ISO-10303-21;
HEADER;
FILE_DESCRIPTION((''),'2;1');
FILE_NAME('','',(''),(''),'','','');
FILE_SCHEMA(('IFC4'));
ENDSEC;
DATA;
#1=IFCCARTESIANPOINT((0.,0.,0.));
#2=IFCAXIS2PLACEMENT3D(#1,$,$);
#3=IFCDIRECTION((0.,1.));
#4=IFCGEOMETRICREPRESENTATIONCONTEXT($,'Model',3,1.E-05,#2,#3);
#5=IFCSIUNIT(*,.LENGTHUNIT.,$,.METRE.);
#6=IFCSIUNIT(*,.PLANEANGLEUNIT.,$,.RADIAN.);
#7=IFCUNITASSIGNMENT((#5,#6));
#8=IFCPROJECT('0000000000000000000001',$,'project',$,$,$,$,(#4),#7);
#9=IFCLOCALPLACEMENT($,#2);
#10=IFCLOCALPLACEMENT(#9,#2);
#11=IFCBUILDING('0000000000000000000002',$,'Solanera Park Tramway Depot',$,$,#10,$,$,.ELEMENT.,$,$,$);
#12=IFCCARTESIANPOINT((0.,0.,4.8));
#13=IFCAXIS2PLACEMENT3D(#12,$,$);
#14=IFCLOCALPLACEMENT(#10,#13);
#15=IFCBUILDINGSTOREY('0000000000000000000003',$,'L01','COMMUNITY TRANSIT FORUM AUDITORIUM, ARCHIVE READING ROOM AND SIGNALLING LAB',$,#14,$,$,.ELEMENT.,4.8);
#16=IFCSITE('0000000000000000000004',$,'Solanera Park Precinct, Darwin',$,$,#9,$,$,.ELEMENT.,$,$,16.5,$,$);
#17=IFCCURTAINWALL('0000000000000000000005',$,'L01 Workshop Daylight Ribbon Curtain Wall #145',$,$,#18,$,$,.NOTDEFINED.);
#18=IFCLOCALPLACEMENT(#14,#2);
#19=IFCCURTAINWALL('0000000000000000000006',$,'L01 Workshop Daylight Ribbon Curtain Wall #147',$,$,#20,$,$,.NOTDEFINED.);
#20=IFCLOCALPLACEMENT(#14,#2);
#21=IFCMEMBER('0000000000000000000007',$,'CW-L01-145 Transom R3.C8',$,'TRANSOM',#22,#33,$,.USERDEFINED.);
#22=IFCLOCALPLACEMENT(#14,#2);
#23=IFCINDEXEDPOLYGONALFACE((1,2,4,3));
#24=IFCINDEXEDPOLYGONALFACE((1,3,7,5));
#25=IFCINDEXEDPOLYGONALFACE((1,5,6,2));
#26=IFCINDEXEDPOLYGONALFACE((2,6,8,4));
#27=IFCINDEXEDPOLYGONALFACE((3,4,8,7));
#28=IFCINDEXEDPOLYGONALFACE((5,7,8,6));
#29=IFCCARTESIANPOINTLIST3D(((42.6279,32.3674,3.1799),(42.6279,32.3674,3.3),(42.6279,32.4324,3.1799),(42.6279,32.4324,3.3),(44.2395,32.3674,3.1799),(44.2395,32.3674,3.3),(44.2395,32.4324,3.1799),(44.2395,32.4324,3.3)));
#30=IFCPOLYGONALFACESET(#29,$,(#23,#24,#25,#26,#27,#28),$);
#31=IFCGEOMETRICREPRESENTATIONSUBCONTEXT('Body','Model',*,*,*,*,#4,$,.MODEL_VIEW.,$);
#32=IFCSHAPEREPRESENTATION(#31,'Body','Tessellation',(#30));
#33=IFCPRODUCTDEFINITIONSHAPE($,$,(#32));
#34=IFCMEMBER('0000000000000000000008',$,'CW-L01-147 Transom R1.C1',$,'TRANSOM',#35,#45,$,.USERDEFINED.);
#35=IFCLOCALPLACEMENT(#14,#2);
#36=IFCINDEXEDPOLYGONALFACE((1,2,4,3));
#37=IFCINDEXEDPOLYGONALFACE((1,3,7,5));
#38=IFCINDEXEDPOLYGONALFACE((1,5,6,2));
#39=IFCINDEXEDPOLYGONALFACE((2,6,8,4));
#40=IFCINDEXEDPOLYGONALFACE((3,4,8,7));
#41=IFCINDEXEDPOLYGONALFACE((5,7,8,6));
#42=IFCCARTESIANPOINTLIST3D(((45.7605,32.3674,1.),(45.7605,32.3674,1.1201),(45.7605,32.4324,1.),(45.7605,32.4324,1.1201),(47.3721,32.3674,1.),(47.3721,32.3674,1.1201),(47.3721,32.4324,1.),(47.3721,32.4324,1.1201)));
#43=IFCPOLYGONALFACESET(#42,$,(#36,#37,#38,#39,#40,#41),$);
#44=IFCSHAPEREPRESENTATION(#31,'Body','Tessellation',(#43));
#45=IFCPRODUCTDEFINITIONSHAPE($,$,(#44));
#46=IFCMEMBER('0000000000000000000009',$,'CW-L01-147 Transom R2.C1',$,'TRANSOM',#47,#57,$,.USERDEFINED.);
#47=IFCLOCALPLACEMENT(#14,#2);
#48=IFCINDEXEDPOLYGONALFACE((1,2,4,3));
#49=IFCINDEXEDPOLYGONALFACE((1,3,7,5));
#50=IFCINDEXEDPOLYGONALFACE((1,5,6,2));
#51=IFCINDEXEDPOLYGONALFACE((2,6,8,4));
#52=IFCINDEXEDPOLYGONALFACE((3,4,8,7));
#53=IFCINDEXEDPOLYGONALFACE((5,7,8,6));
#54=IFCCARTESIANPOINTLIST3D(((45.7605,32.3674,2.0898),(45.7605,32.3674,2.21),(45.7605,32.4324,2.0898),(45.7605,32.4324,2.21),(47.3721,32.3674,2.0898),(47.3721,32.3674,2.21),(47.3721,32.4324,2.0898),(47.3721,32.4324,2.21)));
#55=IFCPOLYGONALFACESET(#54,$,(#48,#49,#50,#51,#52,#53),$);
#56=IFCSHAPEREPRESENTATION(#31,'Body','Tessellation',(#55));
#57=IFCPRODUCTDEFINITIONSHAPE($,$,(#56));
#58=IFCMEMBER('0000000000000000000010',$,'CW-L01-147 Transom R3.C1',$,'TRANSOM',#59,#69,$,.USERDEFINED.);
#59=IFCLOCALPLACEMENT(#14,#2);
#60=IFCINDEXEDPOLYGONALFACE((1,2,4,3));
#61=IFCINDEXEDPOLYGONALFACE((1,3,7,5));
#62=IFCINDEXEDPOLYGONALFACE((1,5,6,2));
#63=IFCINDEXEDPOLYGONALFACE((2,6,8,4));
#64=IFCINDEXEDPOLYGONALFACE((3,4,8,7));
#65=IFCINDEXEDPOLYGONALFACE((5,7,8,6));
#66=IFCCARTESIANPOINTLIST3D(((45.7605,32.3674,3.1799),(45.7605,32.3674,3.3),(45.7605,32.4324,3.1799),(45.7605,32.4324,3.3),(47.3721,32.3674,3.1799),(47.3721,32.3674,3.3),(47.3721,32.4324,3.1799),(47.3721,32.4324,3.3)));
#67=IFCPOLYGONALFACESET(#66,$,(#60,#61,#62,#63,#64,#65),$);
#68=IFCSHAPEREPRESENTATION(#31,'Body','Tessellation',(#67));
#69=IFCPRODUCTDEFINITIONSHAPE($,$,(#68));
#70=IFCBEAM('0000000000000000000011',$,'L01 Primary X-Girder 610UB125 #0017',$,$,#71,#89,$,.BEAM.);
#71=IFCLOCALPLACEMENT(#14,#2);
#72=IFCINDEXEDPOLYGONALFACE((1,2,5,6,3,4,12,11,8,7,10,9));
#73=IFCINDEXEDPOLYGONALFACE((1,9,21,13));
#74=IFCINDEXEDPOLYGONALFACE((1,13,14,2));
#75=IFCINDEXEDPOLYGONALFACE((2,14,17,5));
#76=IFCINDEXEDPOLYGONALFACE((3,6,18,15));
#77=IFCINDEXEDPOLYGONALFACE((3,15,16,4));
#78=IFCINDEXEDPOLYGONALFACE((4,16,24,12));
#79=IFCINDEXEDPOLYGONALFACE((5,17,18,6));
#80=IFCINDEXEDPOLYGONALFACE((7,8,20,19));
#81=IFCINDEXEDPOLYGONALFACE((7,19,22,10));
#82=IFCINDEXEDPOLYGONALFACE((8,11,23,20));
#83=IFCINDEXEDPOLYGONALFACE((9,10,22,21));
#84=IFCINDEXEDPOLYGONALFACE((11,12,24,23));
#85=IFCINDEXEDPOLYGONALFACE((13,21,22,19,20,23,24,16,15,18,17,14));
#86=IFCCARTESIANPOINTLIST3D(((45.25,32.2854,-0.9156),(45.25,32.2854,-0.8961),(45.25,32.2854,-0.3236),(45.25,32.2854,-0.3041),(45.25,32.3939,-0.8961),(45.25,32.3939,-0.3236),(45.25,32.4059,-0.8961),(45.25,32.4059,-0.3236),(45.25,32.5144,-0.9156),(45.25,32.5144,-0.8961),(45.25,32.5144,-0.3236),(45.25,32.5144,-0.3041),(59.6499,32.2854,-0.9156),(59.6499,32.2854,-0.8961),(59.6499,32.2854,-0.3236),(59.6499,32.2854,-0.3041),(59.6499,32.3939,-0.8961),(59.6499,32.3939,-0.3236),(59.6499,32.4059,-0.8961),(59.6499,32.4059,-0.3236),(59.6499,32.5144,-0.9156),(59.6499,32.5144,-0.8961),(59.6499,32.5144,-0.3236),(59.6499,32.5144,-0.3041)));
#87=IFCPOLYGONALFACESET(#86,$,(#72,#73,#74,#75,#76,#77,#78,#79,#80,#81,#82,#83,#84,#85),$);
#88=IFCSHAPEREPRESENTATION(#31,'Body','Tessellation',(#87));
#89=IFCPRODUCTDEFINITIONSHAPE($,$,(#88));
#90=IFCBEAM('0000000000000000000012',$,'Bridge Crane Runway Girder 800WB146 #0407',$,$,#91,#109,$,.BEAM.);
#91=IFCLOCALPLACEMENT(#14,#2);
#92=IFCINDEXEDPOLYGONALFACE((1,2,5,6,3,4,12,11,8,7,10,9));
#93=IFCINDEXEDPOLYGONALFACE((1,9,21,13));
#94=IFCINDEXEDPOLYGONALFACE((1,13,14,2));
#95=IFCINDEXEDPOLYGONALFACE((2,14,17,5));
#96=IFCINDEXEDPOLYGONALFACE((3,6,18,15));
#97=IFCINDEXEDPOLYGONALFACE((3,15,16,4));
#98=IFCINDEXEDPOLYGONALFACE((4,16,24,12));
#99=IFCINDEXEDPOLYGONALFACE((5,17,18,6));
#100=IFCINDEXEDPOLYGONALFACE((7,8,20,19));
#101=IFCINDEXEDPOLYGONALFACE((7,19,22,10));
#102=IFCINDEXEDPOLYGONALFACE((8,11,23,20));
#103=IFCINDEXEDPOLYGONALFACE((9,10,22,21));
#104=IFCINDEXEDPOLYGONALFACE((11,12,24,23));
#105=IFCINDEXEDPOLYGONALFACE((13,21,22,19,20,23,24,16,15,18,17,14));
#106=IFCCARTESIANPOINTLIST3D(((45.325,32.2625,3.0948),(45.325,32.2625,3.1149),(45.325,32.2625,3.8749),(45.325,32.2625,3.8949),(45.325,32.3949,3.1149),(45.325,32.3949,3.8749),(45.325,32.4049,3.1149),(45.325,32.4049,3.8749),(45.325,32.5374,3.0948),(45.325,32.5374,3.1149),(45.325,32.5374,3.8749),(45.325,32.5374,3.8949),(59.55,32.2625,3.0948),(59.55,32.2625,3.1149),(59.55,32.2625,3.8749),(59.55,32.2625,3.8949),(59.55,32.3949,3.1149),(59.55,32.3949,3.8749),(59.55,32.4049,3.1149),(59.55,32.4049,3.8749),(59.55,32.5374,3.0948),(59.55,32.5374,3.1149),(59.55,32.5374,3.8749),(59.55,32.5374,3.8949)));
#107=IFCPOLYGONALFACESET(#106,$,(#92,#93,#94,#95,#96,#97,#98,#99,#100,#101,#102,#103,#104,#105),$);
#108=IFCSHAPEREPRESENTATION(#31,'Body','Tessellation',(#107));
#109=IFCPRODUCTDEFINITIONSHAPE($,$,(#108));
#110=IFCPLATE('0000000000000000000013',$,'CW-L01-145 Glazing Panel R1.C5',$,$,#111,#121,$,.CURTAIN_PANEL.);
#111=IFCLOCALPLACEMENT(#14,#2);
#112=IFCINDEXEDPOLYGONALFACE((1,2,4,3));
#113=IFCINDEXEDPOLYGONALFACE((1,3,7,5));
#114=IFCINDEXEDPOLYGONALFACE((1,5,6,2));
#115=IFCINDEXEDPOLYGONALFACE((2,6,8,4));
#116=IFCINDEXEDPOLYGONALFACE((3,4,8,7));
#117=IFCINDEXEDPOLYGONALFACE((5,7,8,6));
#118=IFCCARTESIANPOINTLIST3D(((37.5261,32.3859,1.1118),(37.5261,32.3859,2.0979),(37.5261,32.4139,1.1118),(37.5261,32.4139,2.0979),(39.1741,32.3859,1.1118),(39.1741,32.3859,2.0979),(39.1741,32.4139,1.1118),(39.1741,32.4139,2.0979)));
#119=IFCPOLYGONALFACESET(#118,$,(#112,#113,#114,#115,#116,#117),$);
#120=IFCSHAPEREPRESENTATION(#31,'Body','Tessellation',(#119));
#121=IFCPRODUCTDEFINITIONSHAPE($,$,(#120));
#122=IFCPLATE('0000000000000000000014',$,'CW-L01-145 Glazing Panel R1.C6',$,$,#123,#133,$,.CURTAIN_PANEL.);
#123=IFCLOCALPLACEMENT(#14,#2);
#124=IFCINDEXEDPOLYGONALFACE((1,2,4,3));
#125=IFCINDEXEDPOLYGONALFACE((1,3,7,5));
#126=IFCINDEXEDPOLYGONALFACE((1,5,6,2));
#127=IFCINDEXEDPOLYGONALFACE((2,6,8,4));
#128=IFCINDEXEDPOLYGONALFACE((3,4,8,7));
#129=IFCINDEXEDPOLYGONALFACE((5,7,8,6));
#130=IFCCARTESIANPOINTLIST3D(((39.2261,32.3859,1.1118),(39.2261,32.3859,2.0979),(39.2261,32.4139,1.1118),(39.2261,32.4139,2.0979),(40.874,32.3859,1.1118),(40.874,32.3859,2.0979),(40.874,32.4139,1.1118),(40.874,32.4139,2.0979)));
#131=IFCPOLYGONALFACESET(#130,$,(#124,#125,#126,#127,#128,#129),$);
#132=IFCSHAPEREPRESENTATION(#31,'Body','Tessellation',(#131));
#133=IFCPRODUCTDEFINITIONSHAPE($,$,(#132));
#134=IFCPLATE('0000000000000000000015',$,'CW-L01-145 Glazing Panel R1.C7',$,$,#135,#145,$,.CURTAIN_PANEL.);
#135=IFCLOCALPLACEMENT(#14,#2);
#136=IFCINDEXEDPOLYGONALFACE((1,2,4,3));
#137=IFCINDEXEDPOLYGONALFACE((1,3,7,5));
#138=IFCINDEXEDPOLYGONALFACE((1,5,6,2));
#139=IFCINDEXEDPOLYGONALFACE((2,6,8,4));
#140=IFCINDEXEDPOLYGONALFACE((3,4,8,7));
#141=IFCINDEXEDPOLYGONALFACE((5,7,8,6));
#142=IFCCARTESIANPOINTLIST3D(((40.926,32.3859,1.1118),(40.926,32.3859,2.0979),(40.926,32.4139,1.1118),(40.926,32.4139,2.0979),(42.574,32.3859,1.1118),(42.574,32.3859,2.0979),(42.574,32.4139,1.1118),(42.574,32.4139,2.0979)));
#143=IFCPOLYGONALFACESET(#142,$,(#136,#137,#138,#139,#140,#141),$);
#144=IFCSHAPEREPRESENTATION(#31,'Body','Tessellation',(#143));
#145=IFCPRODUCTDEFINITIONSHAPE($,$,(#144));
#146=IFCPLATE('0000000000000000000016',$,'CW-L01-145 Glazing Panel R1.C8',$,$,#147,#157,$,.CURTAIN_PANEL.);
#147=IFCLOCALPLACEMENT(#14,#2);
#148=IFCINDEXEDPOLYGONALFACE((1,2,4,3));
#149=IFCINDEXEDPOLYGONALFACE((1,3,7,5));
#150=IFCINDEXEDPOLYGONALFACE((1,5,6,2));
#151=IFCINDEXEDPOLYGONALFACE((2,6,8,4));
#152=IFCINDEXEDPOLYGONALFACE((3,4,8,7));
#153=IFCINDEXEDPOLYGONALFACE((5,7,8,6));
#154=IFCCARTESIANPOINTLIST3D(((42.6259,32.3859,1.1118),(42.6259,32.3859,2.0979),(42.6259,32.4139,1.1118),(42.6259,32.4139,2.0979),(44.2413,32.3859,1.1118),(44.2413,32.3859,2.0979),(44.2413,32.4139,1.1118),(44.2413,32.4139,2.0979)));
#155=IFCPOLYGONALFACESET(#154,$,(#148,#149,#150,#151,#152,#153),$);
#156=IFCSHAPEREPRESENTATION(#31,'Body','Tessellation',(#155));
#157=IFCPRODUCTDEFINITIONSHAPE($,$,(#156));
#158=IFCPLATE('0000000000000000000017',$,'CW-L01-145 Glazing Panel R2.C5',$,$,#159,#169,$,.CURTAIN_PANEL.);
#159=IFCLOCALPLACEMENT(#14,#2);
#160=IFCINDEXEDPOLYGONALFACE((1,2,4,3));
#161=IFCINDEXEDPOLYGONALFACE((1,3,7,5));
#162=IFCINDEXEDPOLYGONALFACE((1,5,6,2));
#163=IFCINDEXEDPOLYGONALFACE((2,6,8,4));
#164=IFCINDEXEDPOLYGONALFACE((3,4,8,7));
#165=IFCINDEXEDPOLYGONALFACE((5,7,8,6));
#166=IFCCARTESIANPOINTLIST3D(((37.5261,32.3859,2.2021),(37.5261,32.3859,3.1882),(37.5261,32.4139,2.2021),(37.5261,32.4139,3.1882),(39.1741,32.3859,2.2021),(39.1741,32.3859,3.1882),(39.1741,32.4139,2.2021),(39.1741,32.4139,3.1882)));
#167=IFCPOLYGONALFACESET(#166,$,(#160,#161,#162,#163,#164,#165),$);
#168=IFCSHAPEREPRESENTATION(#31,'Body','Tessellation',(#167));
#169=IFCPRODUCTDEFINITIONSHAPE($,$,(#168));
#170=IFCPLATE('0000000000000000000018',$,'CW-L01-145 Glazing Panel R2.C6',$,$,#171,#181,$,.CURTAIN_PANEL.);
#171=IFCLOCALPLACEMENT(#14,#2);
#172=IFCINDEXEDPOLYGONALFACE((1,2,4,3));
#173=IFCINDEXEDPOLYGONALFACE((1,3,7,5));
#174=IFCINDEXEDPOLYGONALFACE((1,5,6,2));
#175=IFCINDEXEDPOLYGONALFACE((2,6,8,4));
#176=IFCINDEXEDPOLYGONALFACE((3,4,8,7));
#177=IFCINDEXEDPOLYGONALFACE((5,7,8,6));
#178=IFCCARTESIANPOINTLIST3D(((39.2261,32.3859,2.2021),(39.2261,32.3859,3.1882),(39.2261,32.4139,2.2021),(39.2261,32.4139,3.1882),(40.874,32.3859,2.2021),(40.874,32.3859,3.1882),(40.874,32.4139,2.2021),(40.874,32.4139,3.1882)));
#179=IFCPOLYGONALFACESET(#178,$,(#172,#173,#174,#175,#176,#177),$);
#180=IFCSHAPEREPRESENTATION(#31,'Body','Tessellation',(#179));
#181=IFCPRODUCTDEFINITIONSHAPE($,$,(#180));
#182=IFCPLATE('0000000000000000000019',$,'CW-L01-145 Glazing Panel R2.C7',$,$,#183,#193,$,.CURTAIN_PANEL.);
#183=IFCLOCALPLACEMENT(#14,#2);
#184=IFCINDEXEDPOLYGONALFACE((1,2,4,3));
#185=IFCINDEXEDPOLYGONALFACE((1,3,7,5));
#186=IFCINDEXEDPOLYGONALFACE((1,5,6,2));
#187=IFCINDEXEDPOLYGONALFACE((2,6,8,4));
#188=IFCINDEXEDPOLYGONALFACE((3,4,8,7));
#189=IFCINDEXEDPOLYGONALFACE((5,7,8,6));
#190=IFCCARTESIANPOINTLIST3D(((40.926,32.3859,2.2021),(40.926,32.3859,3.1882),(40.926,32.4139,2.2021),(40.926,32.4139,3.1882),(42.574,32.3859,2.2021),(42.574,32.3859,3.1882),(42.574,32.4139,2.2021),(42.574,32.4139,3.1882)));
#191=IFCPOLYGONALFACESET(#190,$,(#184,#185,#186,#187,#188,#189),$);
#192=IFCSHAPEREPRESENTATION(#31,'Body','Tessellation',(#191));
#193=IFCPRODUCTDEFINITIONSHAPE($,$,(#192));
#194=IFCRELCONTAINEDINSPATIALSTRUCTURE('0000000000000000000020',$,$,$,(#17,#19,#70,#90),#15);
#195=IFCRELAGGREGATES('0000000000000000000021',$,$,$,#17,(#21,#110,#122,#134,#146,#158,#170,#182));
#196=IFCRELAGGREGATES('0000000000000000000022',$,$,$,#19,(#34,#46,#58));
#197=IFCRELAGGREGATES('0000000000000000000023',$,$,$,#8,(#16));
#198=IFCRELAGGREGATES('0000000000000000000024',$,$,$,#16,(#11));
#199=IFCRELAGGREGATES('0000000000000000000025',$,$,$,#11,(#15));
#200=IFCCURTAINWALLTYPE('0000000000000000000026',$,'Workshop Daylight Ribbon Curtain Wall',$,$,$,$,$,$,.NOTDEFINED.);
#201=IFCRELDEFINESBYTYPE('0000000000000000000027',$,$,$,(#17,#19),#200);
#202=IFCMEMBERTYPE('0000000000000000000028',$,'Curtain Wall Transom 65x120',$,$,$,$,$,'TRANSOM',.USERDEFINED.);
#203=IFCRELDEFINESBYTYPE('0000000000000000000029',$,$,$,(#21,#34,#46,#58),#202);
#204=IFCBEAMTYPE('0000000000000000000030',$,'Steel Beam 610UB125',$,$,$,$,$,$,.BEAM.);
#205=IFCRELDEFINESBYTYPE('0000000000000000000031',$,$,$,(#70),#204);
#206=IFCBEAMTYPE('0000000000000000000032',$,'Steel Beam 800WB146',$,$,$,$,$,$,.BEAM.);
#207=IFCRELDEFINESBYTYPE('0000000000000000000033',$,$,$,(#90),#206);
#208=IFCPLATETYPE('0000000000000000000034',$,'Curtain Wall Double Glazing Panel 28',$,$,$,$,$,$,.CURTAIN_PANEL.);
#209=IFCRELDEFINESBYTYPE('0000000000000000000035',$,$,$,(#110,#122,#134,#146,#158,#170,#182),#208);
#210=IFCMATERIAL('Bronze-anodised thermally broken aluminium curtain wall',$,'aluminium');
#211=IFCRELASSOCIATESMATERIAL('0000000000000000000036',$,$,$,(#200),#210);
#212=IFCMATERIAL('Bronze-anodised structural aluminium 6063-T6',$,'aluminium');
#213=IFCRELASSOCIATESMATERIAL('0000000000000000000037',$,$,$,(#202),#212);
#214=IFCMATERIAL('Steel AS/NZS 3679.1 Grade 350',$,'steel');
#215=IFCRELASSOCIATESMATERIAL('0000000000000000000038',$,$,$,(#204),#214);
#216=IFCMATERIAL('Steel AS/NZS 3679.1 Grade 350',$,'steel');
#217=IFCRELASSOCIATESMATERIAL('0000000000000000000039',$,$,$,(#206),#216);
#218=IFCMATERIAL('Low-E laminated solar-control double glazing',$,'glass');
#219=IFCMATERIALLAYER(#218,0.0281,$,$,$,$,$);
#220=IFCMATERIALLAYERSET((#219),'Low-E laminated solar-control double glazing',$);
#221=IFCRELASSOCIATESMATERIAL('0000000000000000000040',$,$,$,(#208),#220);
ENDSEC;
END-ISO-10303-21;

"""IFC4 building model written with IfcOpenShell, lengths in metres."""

from ifc_helpers import new_model, si_unit, direction, frame, origin, origin_2d, place, context, subcontext, project, spatial, rectangle, i_section, extrude, material, layer, layer_set, material_profile, profile_set, type_object, element, aggregate, save


model = new_model("IFC4")

# Units and contexts
model_context = context("Model", 3, precision=1e-05, world=origin(), true_north=direction((0.0, 1.0)))
body_context = subcontext(model_context, "Body", "Model", "MODEL_VIEW")
ifc_project = project(units=[si_unit("LENGTHUNIT", "METRE"), si_unit("PLANEANGLEUNIT", "RADIAN")], contexts=[model_context])

# Site, building, storey
site_placement = place(None, origin())
site = spatial("IfcSite", under=ifc_project, at=site_placement, Name="Solanera Park Precinct, Darwin", CompositionType="ELEMENT", RefElevation=16.5)
building_placement = place(site_placement, origin())
building = spatial("IfcBuilding", under=site, at=building_placement, Name="Solanera Park Tramway Depot", CompositionType="ELEMENT")
storey_placement = place(building_placement, frame((0.0, 0.0, 4.8)))
storey = spatial("IfcBuildingStorey", under=building, at=storey_placement, Name="L01", Description="COMMUNITY TRANSIT FORUM AUDITORIUM, ARCHIVE READING ROOM AND SIGNALLING LAB", CompositionType="ELEMENT", Elevation=4.8)

# Curtain wall
ifc_material_1 = material(Name="Bronze-anodised thermally broken aluminium curtain wall", Category="aluminium")
curtain_wall_type = type_object("IfcCurtainWallType", Name="Workshop Daylight Ribbon Curtain Wall", PredefinedType="NOTDEFINED", material=ifc_material_1)
curtain_wall_1_placement = place(storey_placement, origin())
curtain_wall_1 = element("IfcCurtainWall", 1, at=curtain_wall_1_placement, inside=storey, type_object=curtain_wall_type, Name="L01 Workshop Daylight Ribbon Curtain Wall #145", PredefinedType="NOTDEFINED")

# Curtain wall
curtain_wall_2_placement = place(storey_placement, origin())
curtain_wall_2 = element("IfcCurtainWall", 2, at=curtain_wall_2_placement, inside=storey, type_object=curtain_wall_type, Name="L01 Workshop Daylight Ribbon Curtain Wall #147", PredefinedType="NOTDEFINED")

# Members
ifc_material_2 = material(Name="Bronze-anodised structural aluminium 6063-T6", Category="aluminium")
ifc_material_profile_1 = material_profile(ifc_material_2, rectangle(XDim=0.0649, YDim=0.1201, at=origin_2d()), Name="Curtain Wall Transom 65x120")
ifc_profile_set_1 = profile_set([ifc_material_profile_1], Name="Bronze-anodised structural aluminium 6063-T6")
member_type_1 = type_object("IfcMemberType", Name="Curtain Wall Transom 65x120", ElementType="TRANSOM", PredefinedType="USERDEFINED", material=ifc_profile_set_1)
member_1_placement = place(storey_placement, frame((42.6279, 32.3999, 3.24), z_axis=(1.0, 0.0, 0.0), x_axis=(0.0, 1.0, 0.0)))
member_1 = element("IfcMember", 3, at=member_1_placement, type_object=member_type_1, Name="CW-L01-145 Transom R3.C8", ObjectType="TRANSOM", PredefinedType="USERDEFINED", context=body_context, shape_type="SweptSolid", body=[
    extrude(rectangle(XDim=0.0649, YDim=0.1201, at=origin_2d()), origin(), (0.0, 0.0, 1.0), 1.6116),
])
member_2_placement = place(storey_placement, frame((45.7605, 32.3999, 1.0601), z_axis=(1.0, 0.0, 0.0), x_axis=(0.0, 1.0, 0.0)))
member_2 = element("IfcMember", 4, at=member_2_placement, type_object=member_type_1, Name="CW-L01-147 Transom R1.C1", ObjectType="TRANSOM", PredefinedType="USERDEFINED", context=body_context, shape_type="SweptSolid", body=[
    extrude(rectangle(XDim=0.0649, YDim=0.1201, at=origin_2d()), origin(), (0.0, 0.0, 1.0), 1.6116),
])
member_3_placement = place(storey_placement, frame((45.7605, 32.3999, 2.1499), z_axis=(1.0, 0.0, 0.0), x_axis=(0.0, 1.0, 0.0)))
member_3 = element("IfcMember", 5, at=member_3_placement, type_object=member_type_1, Name="CW-L01-147 Transom R2.C1", ObjectType="TRANSOM", PredefinedType="USERDEFINED", context=body_context, shape_type="SweptSolid", body=[
    extrude(rectangle(XDim=0.0649, YDim=0.1201, at=origin_2d()), origin(), (0.0, 0.0, 1.0), 1.6116),
])
member_4_placement = place(storey_placement, frame((45.7605, 32.3999, 3.24), z_axis=(1.0, 0.0, 0.0), x_axis=(0.0, 1.0, 0.0)))
member_4 = element("IfcMember", 6, at=member_4_placement, type_object=member_type_1, Name="CW-L01-147 Transom R3.C1", ObjectType="TRANSOM", PredefinedType="USERDEFINED", context=body_context, shape_type="SweptSolid", body=[
    extrude(rectangle(XDim=0.0649, YDim=0.1201, at=origin_2d()), origin(), (0.0, 0.0, 1.0), 1.6116),
])

# Beams
ifc_material_3 = material(Name="Steel AS/NZS 3679.1 Grade 350", Category="steel")
ifc_material_profile_2 = material_profile(ifc_material_3, i_section(OverallWidth=0.229, OverallDepth=0.6116, WebThickness=0.012, FlangeThickness=0.0195, at=origin_2d()), Name="610UB125")
ifc_profile_set_2 = profile_set([ifc_material_profile_2], Name="Steel AS/NZS 3679.1 Grade 350")
beam_type_1 = type_object("IfcBeamType", Name="Steel Beam 610UB125", PredefinedType="BEAM", material=ifc_profile_set_2)
beam_1_placement = place(storey_placement, frame((45.25, 32.3999, -0.6099), z_axis=(1.0, 0.0, 0.0), x_axis=(0.0, 1.0, 0.0)))
element("IfcBeam", 7, at=beam_1_placement, inside=storey, type_object=beam_type_1, Name="L01 Primary X-Girder 610UB125 #0017", PredefinedType="BEAM", context=body_context, shape_type="SweptSolid", body=[
    extrude(i_section(OverallWidth=0.229, OverallDepth=0.6116, WebThickness=0.012, FlangeThickness=0.0195, at=origin_2d()), origin(), (0.0, 0.0, 1.0), 14.3999),
])
ifc_material_4 = material(Name="Steel AS/NZS 3679.1 Grade 350", Category="steel")
ifc_material_profile_3 = material_profile(ifc_material_4, i_section(OverallWidth=0.2749, OverallDepth=0.8, WebThickness=0.01, FlangeThickness=0.02, at=origin_2d()), Name="800WB146")
ifc_profile_set_3 = profile_set([ifc_material_profile_3], Name="Steel AS/NZS 3679.1 Grade 350")
beam_type_2 = type_object("IfcBeamType", Name="Steel Beam 800WB146", PredefinedType="BEAM", material=ifc_profile_set_3)
beam_2_placement = place(storey_placement, frame((45.325, 32.3999, 3.4949), z_axis=(1.0, 0.0, 0.0), x_axis=(0.0, 1.0, 0.0)))
element("IfcBeam", 8, at=beam_2_placement, inside=storey, type_object=beam_type_2, Name="Bridge Crane Runway Girder 800WB146 #0407", PredefinedType="BEAM", context=body_context, shape_type="SweptSolid", body=[
    extrude(i_section(OverallWidth=0.2749, OverallDepth=0.8, WebThickness=0.01, FlangeThickness=0.02, at=origin_2d()), origin(), (0.0, 0.0, 1.0), 14.2251),
])

# Plates
ifc_material_5 = material(Name="Low-E laminated solar-control double glazing", Category="glass")
ifc_layer_1 = layer(ifc_material_5, 0.0281)
ifc_layer_set_1 = layer_set([ifc_layer_1], Name="Low-E laminated solar-control double glazing")
plate_type = type_object("IfcPlateType", Name="Curtain Wall Double Glazing Panel 28", PredefinedType="CURTAIN_PANEL", material=ifc_layer_set_1)
plate_1_placement = place(storey_placement, frame((38.3501, 32.3999, 1.1118), z_axis=(0.0, 0.0, 1.0), x_axis=(1.0, 0.0, 0.0)))
plate_1 = element("IfcPlate", 9, at=plate_1_placement, type_object=plate_type, Name="CW-L01-145 Glazing Panel R1.C5", PredefinedType="CURTAIN_PANEL", context=body_context, shape_type="SweptSolid", body=[
    extrude(rectangle(XDim=1.6479, YDim=0.0281, at=origin_2d()), origin(), (0.0, 0.0, 1.0), 0.9861),
])
plate_2_placement = place(storey_placement, frame((40.05, 32.3999, 1.1118), z_axis=(0.0, 0.0, 1.0), x_axis=(1.0, 0.0, 0.0)))
plate_2 = element("IfcPlate", 10, at=plate_2_placement, type_object=plate_type, Name="CW-L01-145 Glazing Panel R1.C6", PredefinedType="CURTAIN_PANEL", context=body_context, shape_type="SweptSolid", body=[
    extrude(rectangle(XDim=1.6479, YDim=0.0281, at=origin_2d()), origin(), (0.0, 0.0, 1.0), 0.9861),
])
plate_3_placement = place(storey_placement, frame((41.75, 32.3999, 1.1118), z_axis=(0.0, 0.0, 1.0), x_axis=(1.0, 0.0, 0.0)))
plate_3 = element("IfcPlate", 11, at=plate_3_placement, type_object=plate_type, Name="CW-L01-145 Glazing Panel R1.C7", PredefinedType="CURTAIN_PANEL", context=body_context, shape_type="SweptSolid", body=[
    extrude(rectangle(XDim=1.6479, YDim=0.0281, at=origin_2d()), origin(), (0.0, 0.0, 1.0), 0.9861),
])
plate_4_placement = place(storey_placement, frame((43.4336, 32.3999, 1.1118), z_axis=(0.0, 0.0, 1.0), x_axis=(1.0, 0.0, 0.0)))
plate_4 = element("IfcPlate", 12, at=plate_4_placement, type_object=plate_type, Name="CW-L01-145 Glazing Panel R1.C8", PredefinedType="CURTAIN_PANEL", context=body_context, shape_type="SweptSolid", body=[
    extrude(rectangle(XDim=1.6155, YDim=0.0281, at=origin_2d()), origin(), (0.0, 0.0, 1.0), 0.9861),
])
plate_5_placement = place(storey_placement, frame((38.3501, 32.3999, 2.2021), z_axis=(0.0, 0.0, 1.0), x_axis=(1.0, 0.0, 0.0)))
plate_5 = element("IfcPlate", 13, at=plate_5_placement, type_object=plate_type, Name="CW-L01-145 Glazing Panel R2.C5", PredefinedType="CURTAIN_PANEL", context=body_context, shape_type="SweptSolid", body=[
    extrude(rectangle(XDim=1.6479, YDim=0.0281, at=origin_2d()), origin(), (0.0, 0.0, 1.0), 0.9861),
])
plate_6_placement = place(storey_placement, frame((40.05, 32.3999, 2.2021), z_axis=(0.0, 0.0, 1.0), x_axis=(1.0, 0.0, 0.0)))
plate_6 = element("IfcPlate", 14, at=plate_6_placement, type_object=plate_type, Name="CW-L01-145 Glazing Panel R2.C6", PredefinedType="CURTAIN_PANEL", context=body_context, shape_type="SweptSolid", body=[
    extrude(rectangle(XDim=1.6479, YDim=0.0281, at=origin_2d()), origin(), (0.0, 0.0, 1.0), 0.9861),
])
plate_7_placement = place(storey_placement, frame((41.75, 32.3999, 2.2021), z_axis=(0.0, 0.0, 1.0), x_axis=(1.0, 0.0, 0.0)))
plate_7 = element("IfcPlate", 15, at=plate_7_placement, type_object=plate_type, Name="CW-L01-145 Glazing Panel R2.C7", PredefinedType="CURTAIN_PANEL", context=body_context, shape_type="SweptSolid", body=[
    extrude(rectangle(XDim=1.6479, YDim=0.0281, at=origin_2d()), origin(), (0.0, 0.0, 1.0), 0.9861),
])
aggregate(curtain_wall_1, [member_1, plate_1, plate_2, plate_3, plate_4, plate_5, plate_6, plate_7])
aggregate(curtain_wall_2, [member_2, member_3, member_4])

save(model, "model.ifc")
